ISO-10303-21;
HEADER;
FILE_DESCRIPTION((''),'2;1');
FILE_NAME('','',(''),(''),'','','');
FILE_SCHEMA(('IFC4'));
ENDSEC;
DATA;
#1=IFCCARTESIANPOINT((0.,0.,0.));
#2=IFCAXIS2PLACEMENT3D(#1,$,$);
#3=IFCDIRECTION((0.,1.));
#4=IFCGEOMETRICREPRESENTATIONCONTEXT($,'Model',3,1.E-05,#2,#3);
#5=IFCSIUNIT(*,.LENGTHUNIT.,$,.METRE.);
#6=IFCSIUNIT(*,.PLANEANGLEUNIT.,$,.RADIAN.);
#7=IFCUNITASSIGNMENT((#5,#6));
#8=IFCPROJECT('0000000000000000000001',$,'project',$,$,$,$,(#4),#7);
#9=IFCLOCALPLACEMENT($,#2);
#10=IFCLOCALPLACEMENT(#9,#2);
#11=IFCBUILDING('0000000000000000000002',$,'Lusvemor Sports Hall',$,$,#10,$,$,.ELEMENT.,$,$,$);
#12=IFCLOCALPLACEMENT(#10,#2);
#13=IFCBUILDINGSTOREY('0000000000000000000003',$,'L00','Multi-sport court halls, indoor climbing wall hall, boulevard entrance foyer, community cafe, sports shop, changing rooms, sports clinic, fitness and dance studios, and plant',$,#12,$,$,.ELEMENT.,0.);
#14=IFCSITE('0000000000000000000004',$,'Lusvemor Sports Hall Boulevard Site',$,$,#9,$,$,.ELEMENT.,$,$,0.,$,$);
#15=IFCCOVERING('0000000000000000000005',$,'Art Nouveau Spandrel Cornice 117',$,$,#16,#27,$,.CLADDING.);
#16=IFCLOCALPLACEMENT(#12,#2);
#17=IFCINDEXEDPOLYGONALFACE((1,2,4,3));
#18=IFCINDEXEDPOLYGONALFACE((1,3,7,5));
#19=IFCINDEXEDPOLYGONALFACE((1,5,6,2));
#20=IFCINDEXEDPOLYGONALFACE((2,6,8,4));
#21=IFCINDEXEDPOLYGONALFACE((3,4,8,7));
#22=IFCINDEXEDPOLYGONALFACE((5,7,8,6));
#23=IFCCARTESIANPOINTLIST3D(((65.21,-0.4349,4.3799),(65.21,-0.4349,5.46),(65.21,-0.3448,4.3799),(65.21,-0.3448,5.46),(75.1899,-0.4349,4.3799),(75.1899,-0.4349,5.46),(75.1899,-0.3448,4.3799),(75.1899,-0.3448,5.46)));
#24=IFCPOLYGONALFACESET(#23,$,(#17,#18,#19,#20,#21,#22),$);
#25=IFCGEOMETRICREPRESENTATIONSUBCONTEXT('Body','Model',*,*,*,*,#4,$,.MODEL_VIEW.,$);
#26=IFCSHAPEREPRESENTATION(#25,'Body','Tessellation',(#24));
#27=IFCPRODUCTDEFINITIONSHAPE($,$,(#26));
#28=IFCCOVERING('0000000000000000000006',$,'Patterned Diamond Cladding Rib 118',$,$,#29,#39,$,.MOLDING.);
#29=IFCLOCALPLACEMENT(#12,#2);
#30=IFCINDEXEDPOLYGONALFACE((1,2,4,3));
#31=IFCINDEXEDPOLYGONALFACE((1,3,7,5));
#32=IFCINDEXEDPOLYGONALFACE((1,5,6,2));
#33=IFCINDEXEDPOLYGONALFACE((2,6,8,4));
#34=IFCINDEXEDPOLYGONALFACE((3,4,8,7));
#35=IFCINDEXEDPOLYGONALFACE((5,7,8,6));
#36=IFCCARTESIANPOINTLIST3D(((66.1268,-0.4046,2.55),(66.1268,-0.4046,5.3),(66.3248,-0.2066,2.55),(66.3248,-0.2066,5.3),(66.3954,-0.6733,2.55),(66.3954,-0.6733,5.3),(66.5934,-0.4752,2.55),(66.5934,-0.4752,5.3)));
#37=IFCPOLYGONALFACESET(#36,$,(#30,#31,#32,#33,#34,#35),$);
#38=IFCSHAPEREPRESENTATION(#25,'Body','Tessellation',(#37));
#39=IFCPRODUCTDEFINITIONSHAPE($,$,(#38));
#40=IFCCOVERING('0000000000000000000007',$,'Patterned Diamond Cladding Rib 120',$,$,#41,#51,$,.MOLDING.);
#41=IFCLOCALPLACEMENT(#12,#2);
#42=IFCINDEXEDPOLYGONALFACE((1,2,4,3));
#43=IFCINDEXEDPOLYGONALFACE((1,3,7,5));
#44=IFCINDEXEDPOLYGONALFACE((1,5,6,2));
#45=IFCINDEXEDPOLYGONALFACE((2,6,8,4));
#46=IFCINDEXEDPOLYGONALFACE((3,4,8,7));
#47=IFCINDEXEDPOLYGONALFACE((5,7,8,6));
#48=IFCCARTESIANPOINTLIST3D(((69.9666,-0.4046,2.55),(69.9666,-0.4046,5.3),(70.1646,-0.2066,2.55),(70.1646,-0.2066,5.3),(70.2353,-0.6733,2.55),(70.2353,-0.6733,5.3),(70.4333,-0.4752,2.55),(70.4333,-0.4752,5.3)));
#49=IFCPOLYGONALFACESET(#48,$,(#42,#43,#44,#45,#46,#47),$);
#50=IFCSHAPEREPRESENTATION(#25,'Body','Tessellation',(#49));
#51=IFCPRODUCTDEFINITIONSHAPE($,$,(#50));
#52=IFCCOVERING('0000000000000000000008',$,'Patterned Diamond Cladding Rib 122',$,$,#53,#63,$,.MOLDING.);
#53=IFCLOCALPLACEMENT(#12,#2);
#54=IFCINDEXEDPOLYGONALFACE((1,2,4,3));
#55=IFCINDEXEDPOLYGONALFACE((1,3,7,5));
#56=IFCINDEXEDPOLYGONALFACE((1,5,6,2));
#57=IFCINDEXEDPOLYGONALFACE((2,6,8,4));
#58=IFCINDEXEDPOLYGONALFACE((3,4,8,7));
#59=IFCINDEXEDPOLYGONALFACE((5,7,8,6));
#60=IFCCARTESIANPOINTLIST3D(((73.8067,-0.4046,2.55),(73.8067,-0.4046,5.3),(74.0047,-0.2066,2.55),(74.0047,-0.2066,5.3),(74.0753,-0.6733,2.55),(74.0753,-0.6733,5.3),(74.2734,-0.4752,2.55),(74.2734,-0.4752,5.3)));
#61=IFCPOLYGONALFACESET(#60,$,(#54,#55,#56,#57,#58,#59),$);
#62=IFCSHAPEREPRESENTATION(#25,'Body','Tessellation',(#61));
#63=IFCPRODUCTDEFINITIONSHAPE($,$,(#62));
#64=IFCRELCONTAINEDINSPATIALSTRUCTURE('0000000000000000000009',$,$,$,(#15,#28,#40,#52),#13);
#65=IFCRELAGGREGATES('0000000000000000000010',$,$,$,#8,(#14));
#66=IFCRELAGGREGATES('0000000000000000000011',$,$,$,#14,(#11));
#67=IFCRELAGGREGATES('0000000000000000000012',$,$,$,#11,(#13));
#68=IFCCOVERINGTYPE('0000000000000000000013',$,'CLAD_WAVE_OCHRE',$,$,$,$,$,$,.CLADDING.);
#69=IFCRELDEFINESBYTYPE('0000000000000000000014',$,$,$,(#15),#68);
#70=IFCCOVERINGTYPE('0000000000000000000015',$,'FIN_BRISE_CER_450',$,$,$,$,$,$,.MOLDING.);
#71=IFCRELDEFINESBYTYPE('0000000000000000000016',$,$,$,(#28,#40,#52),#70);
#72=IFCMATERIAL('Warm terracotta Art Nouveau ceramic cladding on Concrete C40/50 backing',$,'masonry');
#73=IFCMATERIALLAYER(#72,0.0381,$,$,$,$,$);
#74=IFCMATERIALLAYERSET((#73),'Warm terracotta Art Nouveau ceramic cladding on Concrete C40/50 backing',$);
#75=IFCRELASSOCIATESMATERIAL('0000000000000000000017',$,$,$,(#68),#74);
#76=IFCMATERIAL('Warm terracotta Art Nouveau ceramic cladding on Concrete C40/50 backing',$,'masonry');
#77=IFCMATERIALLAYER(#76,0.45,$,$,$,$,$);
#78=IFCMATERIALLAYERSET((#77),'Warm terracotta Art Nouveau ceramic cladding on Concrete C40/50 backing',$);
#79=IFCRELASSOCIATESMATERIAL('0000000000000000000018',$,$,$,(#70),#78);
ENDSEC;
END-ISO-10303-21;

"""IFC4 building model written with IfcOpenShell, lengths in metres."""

from ifc_helpers import new_model, si_unit, direction, frame, origin, origin_2d, place, context, subcontext, project, spatial, rectangle, extrude, material, layer, layer_set, type_object, element, save


model = new_model("IFC4")

# Units and contexts
model_context = context("Model", 3, precision=1e-05, world=origin(), true_north=direction((0.0, 1.0)))
body_context = subcontext(model_context, "Body", "Model", "MODEL_VIEW")
ifc_project = project(units=[si_unit("LENGTHUNIT", "METRE"), si_unit("PLANEANGLEUNIT", "RADIAN")], contexts=[model_context])

# Site, building, storey
site_placement = place(None, origin())
site = spatial("IfcSite", under=ifc_project, at=site_placement, Name="Lusvemor Sports Hall Boulevard Site", CompositionType="ELEMENT", RefElevation=0.0)
building_placement = place(site_placement, origin())
building = spatial("IfcBuilding", under=site, at=building_placement, Name="Lusvemor Sports Hall", CompositionType="ELEMENT")
storey_placement = place(building_placement, origin())
storey = spatial("IfcBuildingStorey", under=building, at=storey_placement, Name="L00", Description="Multi-sport court halls, indoor climbing wall hall, boulevard entrance foyer, community cafe, sports shop, changing rooms, sports clinic, fitness and dance studios, and plant", CompositionType="ELEMENT", Elevation=0.0)

# Coverings
ifc_material_1 = material(Name="Warm terracotta Art Nouveau ceramic cladding on Concrete C40/50 backing", Category="masonry")
ifc_layer_1 = layer(ifc_material_1, 0.0381)
ifc_layer_set_1 = layer_set([ifc_layer_1], Name="Warm terracotta Art Nouveau ceramic cladding on Concrete C40/50 backing")
covering_type_1 = type_object("IfcCoveringType", Name="CLAD_WAVE_OCHRE", PredefinedType="CLADDING", material=ifc_layer_set_1)
covering_1_placement = place(storey_placement, frame((70.2, -0.3899, 4.3799), z_axis=(0.0, 0.0, 1.0), x_axis=(1.0, 0.0, 0.0)))
element("IfcCovering", 1, at=covering_1_placement, inside=storey, type_object=covering_type_1, Name="Art Nouveau Spandrel Cornice 117", PredefinedType="CLADDING", context=body_context, shape_type="SweptSolid", body=[
    extrude(rectangle(XDim=9.98, YDim=0.0901, at=origin_2d()), origin(), (0.0, 0.0, 1.0), 1.0801),
])
ifc_material_2 = material(Name="Warm terracotta Art Nouveau ceramic cladding on Concrete C40/50 backing", Category="masonry")
ifc_layer_2 = layer(ifc_material_2, 0.45)
ifc_layer_set_2 = layer_set([ifc_layer_2], Name="Warm terracotta Art Nouveau ceramic cladding on Concrete C40/50 backing")
covering_type_2 = type_object("IfcCoveringType", Name="FIN_BRISE_CER_450", PredefinedType="MOLDING", material=ifc_layer_set_2)
for number, where, z_axis, x_axis, name in (
    (2, (66.3601, -0.4399, 2.55), (0.0, 0.0, 1.0), (0.707107, 0.707107, 0.0), "Patterned Diamond Cladding Rib 118"),
    (3, (70.2, -0.4399, 2.55), (0.0, 0.0, 1.0), (0.707107, 0.707107, 0.0), "Patterned Diamond Cladding Rib 120"),
    (4, (74.04, -0.4399, 2.55), (0.0, 0.0, 1.0), (0.707107, 0.707107, 0.0), "Patterned Diamond Cladding Rib 122"),
):
    element("IfcCovering", number, at=place(storey_placement, frame(where, z_axis=z_axis, x_axis=x_axis)), inside=storey, type_object=covering_type_2, Name=name, PredefinedType="MOLDING", context=body_context, shape_type="SweptSolid", body=[
        extrude(rectangle(XDim=0.28, YDim=0.3799, at=origin_2d()), origin(), (0.0, 0.0, 1.0), 2.75),
    ])

save(model, "model.ifc")
